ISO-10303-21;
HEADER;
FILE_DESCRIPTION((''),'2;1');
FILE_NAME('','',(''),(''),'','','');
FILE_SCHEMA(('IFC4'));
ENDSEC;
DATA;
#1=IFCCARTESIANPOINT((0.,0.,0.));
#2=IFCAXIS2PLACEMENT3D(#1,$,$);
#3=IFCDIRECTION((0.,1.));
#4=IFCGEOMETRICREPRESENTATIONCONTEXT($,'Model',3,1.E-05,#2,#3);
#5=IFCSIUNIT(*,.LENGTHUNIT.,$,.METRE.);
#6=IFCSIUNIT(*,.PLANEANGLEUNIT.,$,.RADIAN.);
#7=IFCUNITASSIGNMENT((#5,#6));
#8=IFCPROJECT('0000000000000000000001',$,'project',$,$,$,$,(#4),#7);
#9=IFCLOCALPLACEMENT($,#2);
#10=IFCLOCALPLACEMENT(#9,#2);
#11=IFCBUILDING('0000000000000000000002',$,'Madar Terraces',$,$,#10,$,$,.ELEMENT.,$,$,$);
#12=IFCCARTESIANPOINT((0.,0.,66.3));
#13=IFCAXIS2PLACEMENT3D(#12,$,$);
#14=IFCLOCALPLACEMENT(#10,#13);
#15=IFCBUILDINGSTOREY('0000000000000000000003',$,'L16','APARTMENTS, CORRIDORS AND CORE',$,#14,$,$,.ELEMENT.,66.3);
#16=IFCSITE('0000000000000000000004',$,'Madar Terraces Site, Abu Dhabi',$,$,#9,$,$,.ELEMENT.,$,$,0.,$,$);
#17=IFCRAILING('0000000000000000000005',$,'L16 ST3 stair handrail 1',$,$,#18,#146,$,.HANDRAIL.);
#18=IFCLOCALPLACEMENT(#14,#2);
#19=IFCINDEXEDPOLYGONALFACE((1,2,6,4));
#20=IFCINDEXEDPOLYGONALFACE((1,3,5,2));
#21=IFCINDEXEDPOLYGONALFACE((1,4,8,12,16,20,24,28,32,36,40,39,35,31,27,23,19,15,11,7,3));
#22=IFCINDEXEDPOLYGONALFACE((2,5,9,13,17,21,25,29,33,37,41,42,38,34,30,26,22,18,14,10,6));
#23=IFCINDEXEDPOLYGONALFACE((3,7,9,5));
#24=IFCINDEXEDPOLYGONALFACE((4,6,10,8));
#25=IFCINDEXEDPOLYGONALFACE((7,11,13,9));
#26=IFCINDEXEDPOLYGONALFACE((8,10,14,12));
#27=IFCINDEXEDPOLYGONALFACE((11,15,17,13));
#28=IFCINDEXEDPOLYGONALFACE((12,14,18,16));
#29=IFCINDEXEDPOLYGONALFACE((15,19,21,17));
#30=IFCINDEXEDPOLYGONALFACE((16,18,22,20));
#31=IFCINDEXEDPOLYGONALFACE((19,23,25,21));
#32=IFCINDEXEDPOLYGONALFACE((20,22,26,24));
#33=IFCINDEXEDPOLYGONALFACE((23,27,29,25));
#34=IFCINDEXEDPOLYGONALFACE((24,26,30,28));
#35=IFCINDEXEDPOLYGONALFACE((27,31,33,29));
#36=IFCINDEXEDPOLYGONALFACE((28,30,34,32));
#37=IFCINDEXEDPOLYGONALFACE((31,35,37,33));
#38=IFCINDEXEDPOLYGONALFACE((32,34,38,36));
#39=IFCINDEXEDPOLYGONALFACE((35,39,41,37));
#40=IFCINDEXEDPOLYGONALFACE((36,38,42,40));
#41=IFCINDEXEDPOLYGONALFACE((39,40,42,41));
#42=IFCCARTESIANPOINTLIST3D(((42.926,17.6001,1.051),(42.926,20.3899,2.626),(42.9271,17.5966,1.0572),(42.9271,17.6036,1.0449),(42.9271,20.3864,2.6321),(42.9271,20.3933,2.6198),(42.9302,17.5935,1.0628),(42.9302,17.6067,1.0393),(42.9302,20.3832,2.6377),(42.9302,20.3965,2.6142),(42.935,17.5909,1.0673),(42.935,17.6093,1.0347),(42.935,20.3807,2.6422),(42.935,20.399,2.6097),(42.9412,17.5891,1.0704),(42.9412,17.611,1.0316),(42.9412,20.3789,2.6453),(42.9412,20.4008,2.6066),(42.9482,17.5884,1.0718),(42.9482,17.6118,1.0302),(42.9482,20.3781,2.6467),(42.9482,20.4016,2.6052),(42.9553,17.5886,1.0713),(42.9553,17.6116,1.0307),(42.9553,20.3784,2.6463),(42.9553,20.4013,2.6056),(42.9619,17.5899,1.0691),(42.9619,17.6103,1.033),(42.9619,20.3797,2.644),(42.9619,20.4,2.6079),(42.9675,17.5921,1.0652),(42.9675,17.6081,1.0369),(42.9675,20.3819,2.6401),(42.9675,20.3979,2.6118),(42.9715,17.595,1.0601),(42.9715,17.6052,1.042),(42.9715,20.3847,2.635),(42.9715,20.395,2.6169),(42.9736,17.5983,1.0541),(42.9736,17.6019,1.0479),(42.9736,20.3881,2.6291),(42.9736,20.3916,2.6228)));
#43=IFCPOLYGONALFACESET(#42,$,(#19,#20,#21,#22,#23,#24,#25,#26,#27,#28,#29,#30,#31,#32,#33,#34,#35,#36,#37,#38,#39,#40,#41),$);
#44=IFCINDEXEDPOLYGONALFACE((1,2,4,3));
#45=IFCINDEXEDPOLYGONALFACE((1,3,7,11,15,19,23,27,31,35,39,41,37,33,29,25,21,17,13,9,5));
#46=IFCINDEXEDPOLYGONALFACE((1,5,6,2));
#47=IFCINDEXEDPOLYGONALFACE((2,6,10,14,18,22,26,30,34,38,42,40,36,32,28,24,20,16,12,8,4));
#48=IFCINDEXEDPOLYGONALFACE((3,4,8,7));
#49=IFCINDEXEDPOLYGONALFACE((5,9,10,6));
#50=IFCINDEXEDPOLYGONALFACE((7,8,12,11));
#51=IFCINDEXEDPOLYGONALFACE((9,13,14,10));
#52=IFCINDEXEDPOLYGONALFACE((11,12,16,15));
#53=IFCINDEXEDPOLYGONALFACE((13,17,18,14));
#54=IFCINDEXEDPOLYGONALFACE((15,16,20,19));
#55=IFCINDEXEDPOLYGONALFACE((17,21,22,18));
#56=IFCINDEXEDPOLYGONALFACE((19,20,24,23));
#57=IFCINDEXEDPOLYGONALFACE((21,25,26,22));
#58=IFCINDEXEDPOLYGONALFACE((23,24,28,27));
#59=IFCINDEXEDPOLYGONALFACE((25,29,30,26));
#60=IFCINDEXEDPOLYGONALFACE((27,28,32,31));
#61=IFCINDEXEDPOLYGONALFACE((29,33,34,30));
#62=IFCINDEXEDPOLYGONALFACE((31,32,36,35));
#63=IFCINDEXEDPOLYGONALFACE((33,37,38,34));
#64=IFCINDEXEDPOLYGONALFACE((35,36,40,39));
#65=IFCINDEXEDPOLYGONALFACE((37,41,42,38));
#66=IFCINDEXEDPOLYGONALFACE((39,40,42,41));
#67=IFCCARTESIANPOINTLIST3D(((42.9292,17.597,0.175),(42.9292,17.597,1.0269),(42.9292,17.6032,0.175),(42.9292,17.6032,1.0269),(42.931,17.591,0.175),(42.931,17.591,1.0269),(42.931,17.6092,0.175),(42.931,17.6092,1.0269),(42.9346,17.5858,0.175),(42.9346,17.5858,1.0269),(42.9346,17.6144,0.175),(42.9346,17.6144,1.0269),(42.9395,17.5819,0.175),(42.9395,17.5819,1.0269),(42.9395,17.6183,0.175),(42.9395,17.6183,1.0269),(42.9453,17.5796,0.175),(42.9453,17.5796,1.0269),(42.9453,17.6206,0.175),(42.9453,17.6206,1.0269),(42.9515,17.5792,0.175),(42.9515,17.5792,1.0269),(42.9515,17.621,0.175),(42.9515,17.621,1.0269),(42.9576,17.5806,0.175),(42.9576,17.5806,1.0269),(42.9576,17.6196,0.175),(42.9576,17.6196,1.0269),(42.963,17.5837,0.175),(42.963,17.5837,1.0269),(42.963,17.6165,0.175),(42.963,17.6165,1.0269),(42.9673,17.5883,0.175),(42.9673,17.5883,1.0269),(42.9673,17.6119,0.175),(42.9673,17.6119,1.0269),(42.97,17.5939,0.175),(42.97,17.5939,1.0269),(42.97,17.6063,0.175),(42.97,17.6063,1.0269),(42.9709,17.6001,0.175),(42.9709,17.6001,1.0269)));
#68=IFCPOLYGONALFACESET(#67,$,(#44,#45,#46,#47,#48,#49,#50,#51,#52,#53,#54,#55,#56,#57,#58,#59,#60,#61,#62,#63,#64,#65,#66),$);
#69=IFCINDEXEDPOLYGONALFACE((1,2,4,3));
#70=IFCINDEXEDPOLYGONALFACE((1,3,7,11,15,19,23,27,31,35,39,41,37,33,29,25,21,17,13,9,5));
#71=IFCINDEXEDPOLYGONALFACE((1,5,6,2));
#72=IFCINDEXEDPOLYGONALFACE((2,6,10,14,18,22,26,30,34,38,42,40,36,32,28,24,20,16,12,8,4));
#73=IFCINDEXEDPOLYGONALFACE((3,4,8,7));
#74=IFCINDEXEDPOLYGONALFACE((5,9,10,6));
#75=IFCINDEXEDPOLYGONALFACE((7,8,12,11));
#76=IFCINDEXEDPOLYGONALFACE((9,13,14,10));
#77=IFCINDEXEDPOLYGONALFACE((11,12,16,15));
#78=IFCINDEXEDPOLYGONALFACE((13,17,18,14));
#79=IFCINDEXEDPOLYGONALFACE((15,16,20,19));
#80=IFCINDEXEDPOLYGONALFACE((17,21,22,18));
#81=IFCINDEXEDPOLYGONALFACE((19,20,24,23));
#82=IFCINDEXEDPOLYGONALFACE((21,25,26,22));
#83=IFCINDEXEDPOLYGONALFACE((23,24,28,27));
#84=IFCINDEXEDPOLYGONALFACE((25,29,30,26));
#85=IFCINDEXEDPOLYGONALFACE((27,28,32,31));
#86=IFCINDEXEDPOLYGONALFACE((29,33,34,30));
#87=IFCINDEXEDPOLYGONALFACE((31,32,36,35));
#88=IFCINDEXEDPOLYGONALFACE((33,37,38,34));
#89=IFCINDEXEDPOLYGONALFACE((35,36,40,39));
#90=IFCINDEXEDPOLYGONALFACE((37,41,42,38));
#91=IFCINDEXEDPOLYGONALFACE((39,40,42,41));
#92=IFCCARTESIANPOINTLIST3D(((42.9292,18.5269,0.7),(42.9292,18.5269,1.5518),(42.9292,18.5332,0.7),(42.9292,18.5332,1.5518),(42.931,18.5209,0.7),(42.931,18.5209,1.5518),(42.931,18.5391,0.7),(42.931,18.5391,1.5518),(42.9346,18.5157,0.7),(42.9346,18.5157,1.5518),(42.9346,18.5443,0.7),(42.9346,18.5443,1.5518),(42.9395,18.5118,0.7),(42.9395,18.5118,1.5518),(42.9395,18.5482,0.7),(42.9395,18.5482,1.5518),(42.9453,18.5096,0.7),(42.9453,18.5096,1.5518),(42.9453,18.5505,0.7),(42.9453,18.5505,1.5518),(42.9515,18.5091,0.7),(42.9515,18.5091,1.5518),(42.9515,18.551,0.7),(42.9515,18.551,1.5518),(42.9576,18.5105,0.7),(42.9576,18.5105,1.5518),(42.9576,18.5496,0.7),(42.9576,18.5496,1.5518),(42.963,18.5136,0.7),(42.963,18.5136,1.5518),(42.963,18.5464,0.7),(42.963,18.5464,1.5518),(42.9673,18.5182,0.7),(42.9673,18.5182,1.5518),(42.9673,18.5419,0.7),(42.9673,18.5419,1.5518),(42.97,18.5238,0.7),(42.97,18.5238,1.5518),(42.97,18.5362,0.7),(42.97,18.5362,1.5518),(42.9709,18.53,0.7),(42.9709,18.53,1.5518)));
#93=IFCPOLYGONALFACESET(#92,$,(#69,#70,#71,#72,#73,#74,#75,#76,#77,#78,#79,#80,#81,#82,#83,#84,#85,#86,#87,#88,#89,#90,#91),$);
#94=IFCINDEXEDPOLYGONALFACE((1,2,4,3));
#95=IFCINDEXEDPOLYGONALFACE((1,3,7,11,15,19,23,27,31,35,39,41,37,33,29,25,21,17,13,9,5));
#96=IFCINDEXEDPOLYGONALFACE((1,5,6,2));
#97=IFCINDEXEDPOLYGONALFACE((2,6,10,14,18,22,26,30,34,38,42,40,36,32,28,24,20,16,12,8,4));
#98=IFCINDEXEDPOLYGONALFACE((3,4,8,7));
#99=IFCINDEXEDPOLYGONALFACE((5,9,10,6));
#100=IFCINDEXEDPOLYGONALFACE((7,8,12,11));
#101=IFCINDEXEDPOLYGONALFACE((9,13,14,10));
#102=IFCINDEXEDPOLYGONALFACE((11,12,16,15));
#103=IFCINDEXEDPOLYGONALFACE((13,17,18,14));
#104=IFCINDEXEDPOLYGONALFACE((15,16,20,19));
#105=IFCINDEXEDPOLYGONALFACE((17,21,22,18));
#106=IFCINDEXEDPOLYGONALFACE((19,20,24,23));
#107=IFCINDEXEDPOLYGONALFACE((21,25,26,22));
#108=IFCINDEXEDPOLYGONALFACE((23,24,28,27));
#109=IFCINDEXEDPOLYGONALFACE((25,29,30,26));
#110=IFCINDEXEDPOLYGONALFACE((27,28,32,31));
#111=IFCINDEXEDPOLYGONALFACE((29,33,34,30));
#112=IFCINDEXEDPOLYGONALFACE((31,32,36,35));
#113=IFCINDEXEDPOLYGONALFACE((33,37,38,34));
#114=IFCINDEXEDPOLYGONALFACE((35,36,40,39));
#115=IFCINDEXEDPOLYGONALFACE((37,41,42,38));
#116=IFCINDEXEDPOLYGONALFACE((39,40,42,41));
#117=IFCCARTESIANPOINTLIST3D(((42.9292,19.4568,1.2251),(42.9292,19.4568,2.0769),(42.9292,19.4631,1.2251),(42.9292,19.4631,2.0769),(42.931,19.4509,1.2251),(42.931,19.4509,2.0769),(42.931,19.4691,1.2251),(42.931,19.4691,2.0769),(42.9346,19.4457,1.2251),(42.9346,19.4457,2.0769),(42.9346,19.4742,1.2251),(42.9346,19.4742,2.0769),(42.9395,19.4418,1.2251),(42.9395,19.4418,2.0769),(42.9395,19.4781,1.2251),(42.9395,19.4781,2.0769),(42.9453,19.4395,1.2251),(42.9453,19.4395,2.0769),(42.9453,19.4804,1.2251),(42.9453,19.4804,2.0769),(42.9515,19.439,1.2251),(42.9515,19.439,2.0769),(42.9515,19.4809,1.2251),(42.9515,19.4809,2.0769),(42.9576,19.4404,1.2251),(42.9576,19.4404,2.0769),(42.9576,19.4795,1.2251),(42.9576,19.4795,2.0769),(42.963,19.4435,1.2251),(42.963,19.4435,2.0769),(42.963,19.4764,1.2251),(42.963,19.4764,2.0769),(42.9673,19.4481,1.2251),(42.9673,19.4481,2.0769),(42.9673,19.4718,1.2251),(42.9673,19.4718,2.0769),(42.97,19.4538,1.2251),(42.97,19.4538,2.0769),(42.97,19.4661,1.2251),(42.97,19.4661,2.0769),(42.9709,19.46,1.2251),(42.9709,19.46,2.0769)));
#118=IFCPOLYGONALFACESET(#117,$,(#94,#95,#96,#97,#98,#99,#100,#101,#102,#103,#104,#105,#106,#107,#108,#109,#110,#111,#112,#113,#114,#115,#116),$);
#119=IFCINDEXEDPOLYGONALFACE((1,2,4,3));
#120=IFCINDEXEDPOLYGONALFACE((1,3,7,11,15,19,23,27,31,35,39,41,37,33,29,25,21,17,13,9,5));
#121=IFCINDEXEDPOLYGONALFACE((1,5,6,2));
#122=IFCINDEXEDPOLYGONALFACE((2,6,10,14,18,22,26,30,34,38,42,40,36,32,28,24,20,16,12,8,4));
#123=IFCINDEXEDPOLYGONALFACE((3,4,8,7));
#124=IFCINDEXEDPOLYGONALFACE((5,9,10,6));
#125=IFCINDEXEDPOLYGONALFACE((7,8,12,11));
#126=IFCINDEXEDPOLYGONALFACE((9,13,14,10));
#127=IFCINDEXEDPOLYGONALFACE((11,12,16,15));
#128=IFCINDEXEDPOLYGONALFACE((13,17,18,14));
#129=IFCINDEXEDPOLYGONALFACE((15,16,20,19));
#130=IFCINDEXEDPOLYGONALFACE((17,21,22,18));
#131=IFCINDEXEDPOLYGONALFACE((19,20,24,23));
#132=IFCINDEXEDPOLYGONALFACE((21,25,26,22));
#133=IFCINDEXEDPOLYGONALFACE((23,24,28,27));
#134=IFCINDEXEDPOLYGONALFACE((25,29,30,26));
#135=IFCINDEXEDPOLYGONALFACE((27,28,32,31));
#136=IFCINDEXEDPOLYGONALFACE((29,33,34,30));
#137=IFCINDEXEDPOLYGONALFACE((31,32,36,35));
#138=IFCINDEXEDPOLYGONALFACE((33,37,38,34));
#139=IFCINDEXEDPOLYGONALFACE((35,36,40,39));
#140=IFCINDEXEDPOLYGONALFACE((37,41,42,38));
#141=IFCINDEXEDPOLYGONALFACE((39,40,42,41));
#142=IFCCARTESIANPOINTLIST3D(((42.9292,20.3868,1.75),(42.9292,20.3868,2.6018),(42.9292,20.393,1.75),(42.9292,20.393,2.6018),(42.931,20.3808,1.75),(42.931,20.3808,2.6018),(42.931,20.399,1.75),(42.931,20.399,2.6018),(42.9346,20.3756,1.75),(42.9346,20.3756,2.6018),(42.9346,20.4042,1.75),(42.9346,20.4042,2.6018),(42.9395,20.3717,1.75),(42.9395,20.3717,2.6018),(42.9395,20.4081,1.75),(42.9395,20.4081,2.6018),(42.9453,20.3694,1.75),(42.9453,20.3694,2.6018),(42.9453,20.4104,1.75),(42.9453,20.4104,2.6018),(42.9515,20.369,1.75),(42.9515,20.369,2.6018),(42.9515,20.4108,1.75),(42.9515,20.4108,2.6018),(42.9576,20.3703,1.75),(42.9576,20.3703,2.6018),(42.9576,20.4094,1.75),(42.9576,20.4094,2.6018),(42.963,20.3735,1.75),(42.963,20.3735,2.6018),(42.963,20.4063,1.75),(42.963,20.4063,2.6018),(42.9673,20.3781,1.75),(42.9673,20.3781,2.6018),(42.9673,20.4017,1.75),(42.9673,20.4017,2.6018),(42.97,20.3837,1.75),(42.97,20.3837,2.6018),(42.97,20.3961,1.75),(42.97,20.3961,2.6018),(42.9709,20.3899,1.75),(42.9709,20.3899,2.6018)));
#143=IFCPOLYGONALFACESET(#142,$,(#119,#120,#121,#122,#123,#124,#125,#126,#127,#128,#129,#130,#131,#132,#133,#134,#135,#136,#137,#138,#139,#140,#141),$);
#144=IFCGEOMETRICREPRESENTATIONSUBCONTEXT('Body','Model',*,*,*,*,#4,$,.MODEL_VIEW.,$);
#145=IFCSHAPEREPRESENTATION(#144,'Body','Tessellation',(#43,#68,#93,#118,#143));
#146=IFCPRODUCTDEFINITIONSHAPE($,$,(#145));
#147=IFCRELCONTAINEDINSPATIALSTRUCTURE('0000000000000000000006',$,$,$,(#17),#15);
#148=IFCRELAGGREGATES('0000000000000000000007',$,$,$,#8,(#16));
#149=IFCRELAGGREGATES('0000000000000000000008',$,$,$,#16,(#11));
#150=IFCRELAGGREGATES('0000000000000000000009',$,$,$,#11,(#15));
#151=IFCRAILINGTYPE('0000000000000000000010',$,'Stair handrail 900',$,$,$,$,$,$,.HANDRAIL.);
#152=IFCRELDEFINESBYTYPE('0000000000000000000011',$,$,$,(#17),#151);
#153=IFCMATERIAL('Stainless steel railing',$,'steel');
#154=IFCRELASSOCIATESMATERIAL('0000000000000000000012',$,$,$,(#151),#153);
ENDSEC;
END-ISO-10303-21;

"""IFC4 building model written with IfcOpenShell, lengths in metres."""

from ifc_helpers import new_model, si_unit, direction, frame, origin, origin_2d, place, context, subcontext, project, spatial, circle, extrude, material, type_object, element, save


model = new_model("IFC4")

# Units and contexts
model_context = context("Model", 3, precision=1e-05, world=origin(), true_north=direction((0.0, 1.0)))
body_context = subcontext(model_context, "Body", "Model", "MODEL_VIEW")
ifc_project = project(units=[si_unit("LENGTHUNIT", "METRE"), si_unit("PLANEANGLEUNIT", "RADIAN")], contexts=[model_context])

# Site, building, storey
site_placement = place(None, origin())
site = spatial("IfcSite", under=ifc_project, at=site_placement, Name="Madar Terraces Site, Abu Dhabi", CompositionType="ELEMENT", RefElevation=0.0)
building_placement = place(site_placement, origin())
building = spatial("IfcBuilding", under=site, at=building_placement, Name="Madar Terraces", CompositionType="ELEMENT")
storey_placement = place(building_placement, frame((0.0, 0.0, 66.3)))
storey = spatial("IfcBuildingStorey", under=building, at=storey_placement, Name="L16", Description="APARTMENTS, CORRIDORS AND CORE", CompositionType="ELEMENT", Elevation=66.3)

# Railing
ifc_material_1 = material(Name="Stainless steel railing", Category="steel")
railing_type_1 = type_object("IfcRailingType", Name="Stair handrail 900", PredefinedType="HANDRAIL", material=ifc_material_1)
railing_1_placement = place(storey_placement, frame((42.95, 17.6001, 0.175)))
element("IfcRailing", 1, at=railing_1_placement, inside=storey, type_object=railing_type_1, Name="L16 ST3 stair handrail 1", PredefinedType="HANDRAIL", context=body_context, shape_type="SweptSolid", body=[
    extrude(circle(Radius=0.0239, at=origin_2d()), frame((0.0, 0.0, 0.876), z_axis=(0.0, 0.870815, 0.49161), x_axis=(-1.0, 0.0, 0.0)), (0.0, 0.0, 1.0), 3.2036),
    extrude(circle(Radius=0.021, at=origin_2d()), origin(), (0.0, 0.0, 1.0), 0.8518),
    extrude(circle(Radius=0.021, at=origin_2d()), frame((0.0, 0.9299, 0.5249)), (0.0, 0.0, 1.0), 0.8518),
    extrude(circle(Radius=0.021, at=origin_2d()), frame((0.0, 1.8599, 1.05)), (0.0, 0.0, 1.0), 0.8518),
    extrude(circle(Radius=0.021, at=origin_2d()), frame((0.0, 2.7898, 1.575)), (0.0, 0.0, 1.0), 0.8518),
])

save(model, "model.ifc")
